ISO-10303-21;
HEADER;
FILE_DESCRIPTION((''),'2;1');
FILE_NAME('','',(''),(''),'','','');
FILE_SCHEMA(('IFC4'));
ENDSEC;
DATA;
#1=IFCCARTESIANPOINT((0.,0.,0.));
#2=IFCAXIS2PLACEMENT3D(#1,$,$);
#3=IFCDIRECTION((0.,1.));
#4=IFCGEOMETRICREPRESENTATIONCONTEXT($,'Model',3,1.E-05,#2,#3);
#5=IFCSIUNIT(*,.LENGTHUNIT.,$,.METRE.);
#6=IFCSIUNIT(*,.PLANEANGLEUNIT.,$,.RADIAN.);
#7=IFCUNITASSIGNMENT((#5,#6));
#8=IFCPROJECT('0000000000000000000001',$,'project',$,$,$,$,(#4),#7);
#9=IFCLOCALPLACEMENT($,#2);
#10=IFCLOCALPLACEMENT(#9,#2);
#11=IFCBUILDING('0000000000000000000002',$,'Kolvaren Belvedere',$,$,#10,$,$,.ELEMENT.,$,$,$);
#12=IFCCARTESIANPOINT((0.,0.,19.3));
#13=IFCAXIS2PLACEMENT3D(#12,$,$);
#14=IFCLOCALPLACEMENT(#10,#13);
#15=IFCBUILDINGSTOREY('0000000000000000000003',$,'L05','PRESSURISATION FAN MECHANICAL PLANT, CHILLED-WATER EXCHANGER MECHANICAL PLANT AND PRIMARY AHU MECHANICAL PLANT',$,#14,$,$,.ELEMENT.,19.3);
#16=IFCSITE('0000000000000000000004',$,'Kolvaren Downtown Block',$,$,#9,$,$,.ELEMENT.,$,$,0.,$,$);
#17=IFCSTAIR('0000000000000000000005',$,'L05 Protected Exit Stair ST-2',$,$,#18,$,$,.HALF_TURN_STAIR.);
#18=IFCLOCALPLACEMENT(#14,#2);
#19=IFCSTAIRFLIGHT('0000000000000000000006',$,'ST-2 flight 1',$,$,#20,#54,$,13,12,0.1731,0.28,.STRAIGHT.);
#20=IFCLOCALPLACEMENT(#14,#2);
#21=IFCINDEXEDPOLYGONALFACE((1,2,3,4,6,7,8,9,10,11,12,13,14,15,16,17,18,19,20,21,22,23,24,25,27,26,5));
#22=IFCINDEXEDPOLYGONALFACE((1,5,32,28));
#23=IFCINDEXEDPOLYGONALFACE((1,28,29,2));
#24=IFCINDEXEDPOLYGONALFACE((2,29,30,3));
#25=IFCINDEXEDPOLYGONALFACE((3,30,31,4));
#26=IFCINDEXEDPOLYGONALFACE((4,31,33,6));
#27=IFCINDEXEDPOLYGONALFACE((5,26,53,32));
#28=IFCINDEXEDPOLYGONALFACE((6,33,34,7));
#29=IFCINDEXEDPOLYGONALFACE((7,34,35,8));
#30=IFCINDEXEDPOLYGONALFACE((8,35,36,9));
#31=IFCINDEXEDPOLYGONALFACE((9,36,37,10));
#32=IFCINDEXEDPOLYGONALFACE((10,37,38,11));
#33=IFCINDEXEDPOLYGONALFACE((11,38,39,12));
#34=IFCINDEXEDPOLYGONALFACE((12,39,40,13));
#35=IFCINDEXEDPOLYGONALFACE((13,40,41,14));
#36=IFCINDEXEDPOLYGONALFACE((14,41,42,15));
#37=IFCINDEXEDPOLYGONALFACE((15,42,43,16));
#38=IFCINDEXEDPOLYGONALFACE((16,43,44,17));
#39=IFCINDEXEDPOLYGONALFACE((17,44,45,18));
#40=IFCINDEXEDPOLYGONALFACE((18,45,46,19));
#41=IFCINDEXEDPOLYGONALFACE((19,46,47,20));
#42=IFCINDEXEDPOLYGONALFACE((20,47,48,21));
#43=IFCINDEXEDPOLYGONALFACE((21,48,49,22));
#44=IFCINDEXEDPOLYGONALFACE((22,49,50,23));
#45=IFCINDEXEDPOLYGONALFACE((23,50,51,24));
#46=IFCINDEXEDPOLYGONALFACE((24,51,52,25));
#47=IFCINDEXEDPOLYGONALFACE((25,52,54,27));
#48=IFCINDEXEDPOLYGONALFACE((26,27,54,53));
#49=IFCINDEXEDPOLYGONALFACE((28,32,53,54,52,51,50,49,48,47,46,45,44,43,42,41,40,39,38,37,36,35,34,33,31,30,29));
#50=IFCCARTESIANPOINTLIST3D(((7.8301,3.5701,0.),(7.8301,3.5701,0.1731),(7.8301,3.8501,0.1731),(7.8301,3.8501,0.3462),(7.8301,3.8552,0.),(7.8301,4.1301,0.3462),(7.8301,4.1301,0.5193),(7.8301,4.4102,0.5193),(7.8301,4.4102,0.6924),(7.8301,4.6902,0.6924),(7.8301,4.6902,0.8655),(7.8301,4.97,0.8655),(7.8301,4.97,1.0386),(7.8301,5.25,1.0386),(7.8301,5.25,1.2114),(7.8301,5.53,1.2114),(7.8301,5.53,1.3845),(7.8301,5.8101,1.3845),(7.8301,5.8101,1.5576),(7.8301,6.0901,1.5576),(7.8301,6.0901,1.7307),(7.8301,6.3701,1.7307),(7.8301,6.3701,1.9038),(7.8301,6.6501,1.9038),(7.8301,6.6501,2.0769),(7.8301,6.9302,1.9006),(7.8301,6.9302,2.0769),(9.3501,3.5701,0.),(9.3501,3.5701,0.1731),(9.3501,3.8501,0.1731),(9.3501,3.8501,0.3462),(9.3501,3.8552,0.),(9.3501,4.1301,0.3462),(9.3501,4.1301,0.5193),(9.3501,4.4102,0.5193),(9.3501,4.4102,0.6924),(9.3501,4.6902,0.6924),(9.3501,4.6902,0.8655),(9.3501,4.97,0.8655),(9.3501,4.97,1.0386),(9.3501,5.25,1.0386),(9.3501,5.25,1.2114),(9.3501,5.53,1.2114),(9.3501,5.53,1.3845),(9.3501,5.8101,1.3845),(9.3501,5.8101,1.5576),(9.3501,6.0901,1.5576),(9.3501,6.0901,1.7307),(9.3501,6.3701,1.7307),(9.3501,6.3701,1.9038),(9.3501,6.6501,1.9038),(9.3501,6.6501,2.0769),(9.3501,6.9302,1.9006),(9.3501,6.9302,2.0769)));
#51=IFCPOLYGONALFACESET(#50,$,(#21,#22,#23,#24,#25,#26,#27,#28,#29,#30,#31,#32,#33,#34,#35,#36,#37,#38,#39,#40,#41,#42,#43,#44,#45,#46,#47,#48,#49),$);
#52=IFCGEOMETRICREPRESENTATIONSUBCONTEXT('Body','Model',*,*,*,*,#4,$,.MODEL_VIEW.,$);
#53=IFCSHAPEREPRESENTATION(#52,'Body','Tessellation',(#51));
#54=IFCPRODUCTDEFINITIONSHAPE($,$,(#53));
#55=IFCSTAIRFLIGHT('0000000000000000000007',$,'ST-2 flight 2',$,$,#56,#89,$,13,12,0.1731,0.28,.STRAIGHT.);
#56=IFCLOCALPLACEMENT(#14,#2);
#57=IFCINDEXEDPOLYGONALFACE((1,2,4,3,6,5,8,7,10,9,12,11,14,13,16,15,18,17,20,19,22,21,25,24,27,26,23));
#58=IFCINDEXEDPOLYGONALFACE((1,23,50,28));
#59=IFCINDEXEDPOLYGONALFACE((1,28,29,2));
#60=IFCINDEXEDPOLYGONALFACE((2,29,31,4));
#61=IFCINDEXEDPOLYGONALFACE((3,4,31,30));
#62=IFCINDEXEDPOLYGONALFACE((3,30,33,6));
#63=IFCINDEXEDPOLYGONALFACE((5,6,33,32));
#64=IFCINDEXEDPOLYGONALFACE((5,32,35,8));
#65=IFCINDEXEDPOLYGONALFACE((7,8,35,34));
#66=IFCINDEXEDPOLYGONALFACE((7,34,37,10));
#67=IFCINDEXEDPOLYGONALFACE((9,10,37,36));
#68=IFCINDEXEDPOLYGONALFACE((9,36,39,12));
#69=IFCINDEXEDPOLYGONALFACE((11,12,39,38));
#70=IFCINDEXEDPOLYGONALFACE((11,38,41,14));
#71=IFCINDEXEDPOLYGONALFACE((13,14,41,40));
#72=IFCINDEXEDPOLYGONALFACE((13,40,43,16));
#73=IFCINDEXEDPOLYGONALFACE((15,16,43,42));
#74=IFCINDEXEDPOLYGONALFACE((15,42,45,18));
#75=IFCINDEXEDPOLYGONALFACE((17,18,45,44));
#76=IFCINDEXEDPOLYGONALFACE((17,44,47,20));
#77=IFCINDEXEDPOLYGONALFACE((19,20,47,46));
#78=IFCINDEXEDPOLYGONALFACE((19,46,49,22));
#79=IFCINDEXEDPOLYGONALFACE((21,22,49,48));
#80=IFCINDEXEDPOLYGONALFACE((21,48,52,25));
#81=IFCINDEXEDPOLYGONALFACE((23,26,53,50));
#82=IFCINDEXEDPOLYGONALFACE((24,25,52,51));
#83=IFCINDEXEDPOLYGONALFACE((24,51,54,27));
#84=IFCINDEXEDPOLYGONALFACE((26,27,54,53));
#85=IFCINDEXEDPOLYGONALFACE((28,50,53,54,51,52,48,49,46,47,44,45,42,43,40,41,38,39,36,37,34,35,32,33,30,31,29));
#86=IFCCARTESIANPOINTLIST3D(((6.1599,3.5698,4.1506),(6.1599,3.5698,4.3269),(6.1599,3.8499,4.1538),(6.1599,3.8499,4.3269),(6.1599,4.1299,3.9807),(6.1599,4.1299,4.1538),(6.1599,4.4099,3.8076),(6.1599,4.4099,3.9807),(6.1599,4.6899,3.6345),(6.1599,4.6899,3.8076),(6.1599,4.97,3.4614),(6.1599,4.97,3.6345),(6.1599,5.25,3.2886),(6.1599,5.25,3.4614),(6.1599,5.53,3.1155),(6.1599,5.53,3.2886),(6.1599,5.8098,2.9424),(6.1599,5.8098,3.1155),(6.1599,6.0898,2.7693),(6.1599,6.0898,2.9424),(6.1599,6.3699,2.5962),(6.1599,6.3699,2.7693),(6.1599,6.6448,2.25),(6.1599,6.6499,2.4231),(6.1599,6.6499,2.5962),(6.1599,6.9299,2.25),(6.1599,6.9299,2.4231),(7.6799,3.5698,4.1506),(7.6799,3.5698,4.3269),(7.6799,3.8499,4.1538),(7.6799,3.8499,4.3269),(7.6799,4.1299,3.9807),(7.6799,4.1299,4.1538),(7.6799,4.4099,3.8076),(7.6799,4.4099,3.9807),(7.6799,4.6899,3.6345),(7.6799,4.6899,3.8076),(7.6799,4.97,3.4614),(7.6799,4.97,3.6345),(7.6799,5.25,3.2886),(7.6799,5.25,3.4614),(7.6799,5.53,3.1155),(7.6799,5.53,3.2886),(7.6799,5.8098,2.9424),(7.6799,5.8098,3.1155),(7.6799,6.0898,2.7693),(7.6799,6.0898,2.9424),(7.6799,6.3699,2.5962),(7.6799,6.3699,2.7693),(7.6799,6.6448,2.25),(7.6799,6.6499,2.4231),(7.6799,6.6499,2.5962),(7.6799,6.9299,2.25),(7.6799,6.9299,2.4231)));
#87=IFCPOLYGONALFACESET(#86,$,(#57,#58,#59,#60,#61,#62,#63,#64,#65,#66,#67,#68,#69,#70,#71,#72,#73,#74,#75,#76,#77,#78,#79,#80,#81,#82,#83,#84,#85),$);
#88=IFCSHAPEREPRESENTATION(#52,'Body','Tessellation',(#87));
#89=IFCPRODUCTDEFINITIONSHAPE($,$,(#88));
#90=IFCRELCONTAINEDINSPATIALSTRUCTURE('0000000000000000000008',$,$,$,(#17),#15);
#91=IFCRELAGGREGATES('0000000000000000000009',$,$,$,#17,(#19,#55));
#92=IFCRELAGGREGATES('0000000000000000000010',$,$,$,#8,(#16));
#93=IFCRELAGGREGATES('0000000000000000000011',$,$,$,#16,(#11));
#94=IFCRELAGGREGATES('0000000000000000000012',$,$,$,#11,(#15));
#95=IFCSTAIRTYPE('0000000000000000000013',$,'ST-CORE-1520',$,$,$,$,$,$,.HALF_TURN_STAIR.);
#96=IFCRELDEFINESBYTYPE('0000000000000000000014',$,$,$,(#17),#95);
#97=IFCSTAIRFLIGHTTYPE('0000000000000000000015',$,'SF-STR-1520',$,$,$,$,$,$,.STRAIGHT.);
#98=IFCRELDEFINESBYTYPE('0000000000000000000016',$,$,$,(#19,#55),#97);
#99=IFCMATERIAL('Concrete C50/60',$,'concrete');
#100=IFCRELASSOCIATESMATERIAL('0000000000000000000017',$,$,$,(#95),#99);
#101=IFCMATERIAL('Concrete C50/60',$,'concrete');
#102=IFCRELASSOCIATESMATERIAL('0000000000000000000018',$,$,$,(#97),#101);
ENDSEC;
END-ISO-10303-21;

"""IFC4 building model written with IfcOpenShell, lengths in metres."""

from ifc_helpers import new_model, si_unit, direction, frame, origin, place, context, subcontext, project, spatial, polyline, outline, extrude, material, type_object, element, aggregate, save


model = new_model("IFC4")

# Units and contexts
model_context = context("Model", 3, precision=1e-05, world=origin(), true_north=direction((0.0, 1.0)))
body_context = subcontext(model_context, "Body", "Model", "MODEL_VIEW")
ifc_project = project(units=[si_unit("LENGTHUNIT", "METRE"), si_unit("PLANEANGLEUNIT", "RADIAN")], contexts=[model_context])

# Site, building, storey
site_placement = place(None, origin())
site = spatial("IfcSite", under=ifc_project, at=site_placement, Name="Kolvaren Downtown Block", CompositionType="ELEMENT", RefElevation=0.0)
building_placement = place(site_placement, origin())
building = spatial("IfcBuilding", under=site, at=building_placement, Name="Kolvaren Belvedere", CompositionType="ELEMENT")
storey_placement = place(building_placement, frame((0.0, 0.0, 19.3)))
storey = spatial("IfcBuildingStorey", under=building, at=storey_placement, Name="L05", Description="PRESSURISATION FAN MECHANICAL PLANT, CHILLED-WATER EXCHANGER MECHANICAL PLANT AND PRIMARY AHU MECHANICAL PLANT", CompositionType="ELEMENT", Elevation=19.3)

# Stair, stair flights
ifc_material_1 = material(Name="Concrete C50/60", Category="concrete")
stair_type = type_object("IfcStairType", Name="ST-CORE-1520", PredefinedType="HALF_TURN_STAIR", material=ifc_material_1)
stair_placement = place(storey_placement, origin())
stair = element("IfcStair", 1, at=stair_placement, inside=storey, type_object=stair_type, Name="L05 Protected Exit Stair ST-2", PredefinedType="HALF_TURN_STAIR")
ifc_material_2 = material(Name="Concrete C50/60", Category="concrete")
stair_flight_type = type_object("IfcStairFlightType", Name="SF-STR-1520", PredefinedType="STRAIGHT", material=ifc_material_2)
stair_flight_1_placement = place(storey_placement, frame((8.5901, 3.5701, 0.0), z_axis=(0.0, 0.0, 1.0), x_axis=(0.0, 1.0, 0.0)))
stair_flight_1 = element("IfcStairFlight", 2, at=stair_flight_1_placement, type_object=stair_flight_type, Name="ST-2 flight 1", NumberOfRisers=13, NumberOfTreads=12, PredefinedType="STRAIGHT", RiserHeight=0.1731, TreadLength=0.28, context=body_context, shape_type="SweptSolid", body=[
    extrude(outline(polyline([(0.0, 0.0), (0.0, 0.1731), (0.28, 0.1731), (0.28, 0.3462), (0.5601, 0.3462), (0.5601, 0.5193), (0.8401, 0.5193), (0.8401, 0.6924), (1.1201, 0.6924), (1.1201, 0.8655), (1.3999, 0.8655), (1.3999, 1.0386), (1.6799, 1.0386), (1.6799, 1.2114), (1.96, 1.2114), (1.96, 1.3845), (2.24, 1.3845), (2.24, 1.5576), (2.52, 1.5576), (2.52, 1.7307), (2.8, 1.7307), (2.8, 1.9038), (3.0801, 1.9038), (3.0801, 2.0769), (3.3601, 2.0769), (3.3601, 2.25), (3.3601, 1.9006), (0.2852, 0.0), (0.0, 0.0)])), frame((0.0, 0.76, 0.0), z_axis=(0.0, -1.0, 0.0), x_axis=(1.0, 0.0, 0.0)), (0.0, 0.0, 1.0), 1.52),
])
stair_flight_2_placement = place(storey_placement, frame((6.9199, 6.9299, 2.25), z_axis=(0.0, 0.0, 1.0), x_axis=(0.0, -1.0, 0.0)))
stair_flight_2 = element("IfcStairFlight", 3, at=stair_flight_2_placement, type_object=stair_flight_type, Name="ST-2 flight 2", NumberOfRisers=13, NumberOfTreads=12, PredefinedType="STRAIGHT", RiserHeight=0.1731, TreadLength=0.28, context=body_context, shape_type="SweptSolid", body=[
    extrude(outline(polyline([(0.0, 0.0), (0.0, 0.1731), (0.28, 0.1731), (0.28, 0.3462), (0.5601, 0.3462), (0.5601, 0.5193), (0.8401, 0.5193), (0.8401, 0.6924), (1.1201, 0.6924), (1.1201, 0.8655), (1.3999, 0.8655), (1.3999, 1.0386), (1.6799, 1.0386), (1.6799, 1.2114), (1.96, 1.2114), (1.96, 1.3845), (2.24, 1.3845), (2.24, 1.5576), (2.52, 1.5576), (2.52, 1.7307), (2.8, 1.7307), (2.8, 1.9038), (3.0801, 1.9038), (3.0801, 2.0769), (3.3601, 2.0769), (3.3601, 2.25), (3.3601, 1.9006), (0.2852, 0.0), (0.0, 0.0)])), frame((0.0, 0.76, 0.0), z_axis=(0.0, -1.0, 0.0), x_axis=(1.0, 0.0, 0.0)), (0.0, 0.0, 1.0), 1.52),
])
aggregate(stair, [stair_flight_1, stair_flight_2])

save(model, "model.ifc")
